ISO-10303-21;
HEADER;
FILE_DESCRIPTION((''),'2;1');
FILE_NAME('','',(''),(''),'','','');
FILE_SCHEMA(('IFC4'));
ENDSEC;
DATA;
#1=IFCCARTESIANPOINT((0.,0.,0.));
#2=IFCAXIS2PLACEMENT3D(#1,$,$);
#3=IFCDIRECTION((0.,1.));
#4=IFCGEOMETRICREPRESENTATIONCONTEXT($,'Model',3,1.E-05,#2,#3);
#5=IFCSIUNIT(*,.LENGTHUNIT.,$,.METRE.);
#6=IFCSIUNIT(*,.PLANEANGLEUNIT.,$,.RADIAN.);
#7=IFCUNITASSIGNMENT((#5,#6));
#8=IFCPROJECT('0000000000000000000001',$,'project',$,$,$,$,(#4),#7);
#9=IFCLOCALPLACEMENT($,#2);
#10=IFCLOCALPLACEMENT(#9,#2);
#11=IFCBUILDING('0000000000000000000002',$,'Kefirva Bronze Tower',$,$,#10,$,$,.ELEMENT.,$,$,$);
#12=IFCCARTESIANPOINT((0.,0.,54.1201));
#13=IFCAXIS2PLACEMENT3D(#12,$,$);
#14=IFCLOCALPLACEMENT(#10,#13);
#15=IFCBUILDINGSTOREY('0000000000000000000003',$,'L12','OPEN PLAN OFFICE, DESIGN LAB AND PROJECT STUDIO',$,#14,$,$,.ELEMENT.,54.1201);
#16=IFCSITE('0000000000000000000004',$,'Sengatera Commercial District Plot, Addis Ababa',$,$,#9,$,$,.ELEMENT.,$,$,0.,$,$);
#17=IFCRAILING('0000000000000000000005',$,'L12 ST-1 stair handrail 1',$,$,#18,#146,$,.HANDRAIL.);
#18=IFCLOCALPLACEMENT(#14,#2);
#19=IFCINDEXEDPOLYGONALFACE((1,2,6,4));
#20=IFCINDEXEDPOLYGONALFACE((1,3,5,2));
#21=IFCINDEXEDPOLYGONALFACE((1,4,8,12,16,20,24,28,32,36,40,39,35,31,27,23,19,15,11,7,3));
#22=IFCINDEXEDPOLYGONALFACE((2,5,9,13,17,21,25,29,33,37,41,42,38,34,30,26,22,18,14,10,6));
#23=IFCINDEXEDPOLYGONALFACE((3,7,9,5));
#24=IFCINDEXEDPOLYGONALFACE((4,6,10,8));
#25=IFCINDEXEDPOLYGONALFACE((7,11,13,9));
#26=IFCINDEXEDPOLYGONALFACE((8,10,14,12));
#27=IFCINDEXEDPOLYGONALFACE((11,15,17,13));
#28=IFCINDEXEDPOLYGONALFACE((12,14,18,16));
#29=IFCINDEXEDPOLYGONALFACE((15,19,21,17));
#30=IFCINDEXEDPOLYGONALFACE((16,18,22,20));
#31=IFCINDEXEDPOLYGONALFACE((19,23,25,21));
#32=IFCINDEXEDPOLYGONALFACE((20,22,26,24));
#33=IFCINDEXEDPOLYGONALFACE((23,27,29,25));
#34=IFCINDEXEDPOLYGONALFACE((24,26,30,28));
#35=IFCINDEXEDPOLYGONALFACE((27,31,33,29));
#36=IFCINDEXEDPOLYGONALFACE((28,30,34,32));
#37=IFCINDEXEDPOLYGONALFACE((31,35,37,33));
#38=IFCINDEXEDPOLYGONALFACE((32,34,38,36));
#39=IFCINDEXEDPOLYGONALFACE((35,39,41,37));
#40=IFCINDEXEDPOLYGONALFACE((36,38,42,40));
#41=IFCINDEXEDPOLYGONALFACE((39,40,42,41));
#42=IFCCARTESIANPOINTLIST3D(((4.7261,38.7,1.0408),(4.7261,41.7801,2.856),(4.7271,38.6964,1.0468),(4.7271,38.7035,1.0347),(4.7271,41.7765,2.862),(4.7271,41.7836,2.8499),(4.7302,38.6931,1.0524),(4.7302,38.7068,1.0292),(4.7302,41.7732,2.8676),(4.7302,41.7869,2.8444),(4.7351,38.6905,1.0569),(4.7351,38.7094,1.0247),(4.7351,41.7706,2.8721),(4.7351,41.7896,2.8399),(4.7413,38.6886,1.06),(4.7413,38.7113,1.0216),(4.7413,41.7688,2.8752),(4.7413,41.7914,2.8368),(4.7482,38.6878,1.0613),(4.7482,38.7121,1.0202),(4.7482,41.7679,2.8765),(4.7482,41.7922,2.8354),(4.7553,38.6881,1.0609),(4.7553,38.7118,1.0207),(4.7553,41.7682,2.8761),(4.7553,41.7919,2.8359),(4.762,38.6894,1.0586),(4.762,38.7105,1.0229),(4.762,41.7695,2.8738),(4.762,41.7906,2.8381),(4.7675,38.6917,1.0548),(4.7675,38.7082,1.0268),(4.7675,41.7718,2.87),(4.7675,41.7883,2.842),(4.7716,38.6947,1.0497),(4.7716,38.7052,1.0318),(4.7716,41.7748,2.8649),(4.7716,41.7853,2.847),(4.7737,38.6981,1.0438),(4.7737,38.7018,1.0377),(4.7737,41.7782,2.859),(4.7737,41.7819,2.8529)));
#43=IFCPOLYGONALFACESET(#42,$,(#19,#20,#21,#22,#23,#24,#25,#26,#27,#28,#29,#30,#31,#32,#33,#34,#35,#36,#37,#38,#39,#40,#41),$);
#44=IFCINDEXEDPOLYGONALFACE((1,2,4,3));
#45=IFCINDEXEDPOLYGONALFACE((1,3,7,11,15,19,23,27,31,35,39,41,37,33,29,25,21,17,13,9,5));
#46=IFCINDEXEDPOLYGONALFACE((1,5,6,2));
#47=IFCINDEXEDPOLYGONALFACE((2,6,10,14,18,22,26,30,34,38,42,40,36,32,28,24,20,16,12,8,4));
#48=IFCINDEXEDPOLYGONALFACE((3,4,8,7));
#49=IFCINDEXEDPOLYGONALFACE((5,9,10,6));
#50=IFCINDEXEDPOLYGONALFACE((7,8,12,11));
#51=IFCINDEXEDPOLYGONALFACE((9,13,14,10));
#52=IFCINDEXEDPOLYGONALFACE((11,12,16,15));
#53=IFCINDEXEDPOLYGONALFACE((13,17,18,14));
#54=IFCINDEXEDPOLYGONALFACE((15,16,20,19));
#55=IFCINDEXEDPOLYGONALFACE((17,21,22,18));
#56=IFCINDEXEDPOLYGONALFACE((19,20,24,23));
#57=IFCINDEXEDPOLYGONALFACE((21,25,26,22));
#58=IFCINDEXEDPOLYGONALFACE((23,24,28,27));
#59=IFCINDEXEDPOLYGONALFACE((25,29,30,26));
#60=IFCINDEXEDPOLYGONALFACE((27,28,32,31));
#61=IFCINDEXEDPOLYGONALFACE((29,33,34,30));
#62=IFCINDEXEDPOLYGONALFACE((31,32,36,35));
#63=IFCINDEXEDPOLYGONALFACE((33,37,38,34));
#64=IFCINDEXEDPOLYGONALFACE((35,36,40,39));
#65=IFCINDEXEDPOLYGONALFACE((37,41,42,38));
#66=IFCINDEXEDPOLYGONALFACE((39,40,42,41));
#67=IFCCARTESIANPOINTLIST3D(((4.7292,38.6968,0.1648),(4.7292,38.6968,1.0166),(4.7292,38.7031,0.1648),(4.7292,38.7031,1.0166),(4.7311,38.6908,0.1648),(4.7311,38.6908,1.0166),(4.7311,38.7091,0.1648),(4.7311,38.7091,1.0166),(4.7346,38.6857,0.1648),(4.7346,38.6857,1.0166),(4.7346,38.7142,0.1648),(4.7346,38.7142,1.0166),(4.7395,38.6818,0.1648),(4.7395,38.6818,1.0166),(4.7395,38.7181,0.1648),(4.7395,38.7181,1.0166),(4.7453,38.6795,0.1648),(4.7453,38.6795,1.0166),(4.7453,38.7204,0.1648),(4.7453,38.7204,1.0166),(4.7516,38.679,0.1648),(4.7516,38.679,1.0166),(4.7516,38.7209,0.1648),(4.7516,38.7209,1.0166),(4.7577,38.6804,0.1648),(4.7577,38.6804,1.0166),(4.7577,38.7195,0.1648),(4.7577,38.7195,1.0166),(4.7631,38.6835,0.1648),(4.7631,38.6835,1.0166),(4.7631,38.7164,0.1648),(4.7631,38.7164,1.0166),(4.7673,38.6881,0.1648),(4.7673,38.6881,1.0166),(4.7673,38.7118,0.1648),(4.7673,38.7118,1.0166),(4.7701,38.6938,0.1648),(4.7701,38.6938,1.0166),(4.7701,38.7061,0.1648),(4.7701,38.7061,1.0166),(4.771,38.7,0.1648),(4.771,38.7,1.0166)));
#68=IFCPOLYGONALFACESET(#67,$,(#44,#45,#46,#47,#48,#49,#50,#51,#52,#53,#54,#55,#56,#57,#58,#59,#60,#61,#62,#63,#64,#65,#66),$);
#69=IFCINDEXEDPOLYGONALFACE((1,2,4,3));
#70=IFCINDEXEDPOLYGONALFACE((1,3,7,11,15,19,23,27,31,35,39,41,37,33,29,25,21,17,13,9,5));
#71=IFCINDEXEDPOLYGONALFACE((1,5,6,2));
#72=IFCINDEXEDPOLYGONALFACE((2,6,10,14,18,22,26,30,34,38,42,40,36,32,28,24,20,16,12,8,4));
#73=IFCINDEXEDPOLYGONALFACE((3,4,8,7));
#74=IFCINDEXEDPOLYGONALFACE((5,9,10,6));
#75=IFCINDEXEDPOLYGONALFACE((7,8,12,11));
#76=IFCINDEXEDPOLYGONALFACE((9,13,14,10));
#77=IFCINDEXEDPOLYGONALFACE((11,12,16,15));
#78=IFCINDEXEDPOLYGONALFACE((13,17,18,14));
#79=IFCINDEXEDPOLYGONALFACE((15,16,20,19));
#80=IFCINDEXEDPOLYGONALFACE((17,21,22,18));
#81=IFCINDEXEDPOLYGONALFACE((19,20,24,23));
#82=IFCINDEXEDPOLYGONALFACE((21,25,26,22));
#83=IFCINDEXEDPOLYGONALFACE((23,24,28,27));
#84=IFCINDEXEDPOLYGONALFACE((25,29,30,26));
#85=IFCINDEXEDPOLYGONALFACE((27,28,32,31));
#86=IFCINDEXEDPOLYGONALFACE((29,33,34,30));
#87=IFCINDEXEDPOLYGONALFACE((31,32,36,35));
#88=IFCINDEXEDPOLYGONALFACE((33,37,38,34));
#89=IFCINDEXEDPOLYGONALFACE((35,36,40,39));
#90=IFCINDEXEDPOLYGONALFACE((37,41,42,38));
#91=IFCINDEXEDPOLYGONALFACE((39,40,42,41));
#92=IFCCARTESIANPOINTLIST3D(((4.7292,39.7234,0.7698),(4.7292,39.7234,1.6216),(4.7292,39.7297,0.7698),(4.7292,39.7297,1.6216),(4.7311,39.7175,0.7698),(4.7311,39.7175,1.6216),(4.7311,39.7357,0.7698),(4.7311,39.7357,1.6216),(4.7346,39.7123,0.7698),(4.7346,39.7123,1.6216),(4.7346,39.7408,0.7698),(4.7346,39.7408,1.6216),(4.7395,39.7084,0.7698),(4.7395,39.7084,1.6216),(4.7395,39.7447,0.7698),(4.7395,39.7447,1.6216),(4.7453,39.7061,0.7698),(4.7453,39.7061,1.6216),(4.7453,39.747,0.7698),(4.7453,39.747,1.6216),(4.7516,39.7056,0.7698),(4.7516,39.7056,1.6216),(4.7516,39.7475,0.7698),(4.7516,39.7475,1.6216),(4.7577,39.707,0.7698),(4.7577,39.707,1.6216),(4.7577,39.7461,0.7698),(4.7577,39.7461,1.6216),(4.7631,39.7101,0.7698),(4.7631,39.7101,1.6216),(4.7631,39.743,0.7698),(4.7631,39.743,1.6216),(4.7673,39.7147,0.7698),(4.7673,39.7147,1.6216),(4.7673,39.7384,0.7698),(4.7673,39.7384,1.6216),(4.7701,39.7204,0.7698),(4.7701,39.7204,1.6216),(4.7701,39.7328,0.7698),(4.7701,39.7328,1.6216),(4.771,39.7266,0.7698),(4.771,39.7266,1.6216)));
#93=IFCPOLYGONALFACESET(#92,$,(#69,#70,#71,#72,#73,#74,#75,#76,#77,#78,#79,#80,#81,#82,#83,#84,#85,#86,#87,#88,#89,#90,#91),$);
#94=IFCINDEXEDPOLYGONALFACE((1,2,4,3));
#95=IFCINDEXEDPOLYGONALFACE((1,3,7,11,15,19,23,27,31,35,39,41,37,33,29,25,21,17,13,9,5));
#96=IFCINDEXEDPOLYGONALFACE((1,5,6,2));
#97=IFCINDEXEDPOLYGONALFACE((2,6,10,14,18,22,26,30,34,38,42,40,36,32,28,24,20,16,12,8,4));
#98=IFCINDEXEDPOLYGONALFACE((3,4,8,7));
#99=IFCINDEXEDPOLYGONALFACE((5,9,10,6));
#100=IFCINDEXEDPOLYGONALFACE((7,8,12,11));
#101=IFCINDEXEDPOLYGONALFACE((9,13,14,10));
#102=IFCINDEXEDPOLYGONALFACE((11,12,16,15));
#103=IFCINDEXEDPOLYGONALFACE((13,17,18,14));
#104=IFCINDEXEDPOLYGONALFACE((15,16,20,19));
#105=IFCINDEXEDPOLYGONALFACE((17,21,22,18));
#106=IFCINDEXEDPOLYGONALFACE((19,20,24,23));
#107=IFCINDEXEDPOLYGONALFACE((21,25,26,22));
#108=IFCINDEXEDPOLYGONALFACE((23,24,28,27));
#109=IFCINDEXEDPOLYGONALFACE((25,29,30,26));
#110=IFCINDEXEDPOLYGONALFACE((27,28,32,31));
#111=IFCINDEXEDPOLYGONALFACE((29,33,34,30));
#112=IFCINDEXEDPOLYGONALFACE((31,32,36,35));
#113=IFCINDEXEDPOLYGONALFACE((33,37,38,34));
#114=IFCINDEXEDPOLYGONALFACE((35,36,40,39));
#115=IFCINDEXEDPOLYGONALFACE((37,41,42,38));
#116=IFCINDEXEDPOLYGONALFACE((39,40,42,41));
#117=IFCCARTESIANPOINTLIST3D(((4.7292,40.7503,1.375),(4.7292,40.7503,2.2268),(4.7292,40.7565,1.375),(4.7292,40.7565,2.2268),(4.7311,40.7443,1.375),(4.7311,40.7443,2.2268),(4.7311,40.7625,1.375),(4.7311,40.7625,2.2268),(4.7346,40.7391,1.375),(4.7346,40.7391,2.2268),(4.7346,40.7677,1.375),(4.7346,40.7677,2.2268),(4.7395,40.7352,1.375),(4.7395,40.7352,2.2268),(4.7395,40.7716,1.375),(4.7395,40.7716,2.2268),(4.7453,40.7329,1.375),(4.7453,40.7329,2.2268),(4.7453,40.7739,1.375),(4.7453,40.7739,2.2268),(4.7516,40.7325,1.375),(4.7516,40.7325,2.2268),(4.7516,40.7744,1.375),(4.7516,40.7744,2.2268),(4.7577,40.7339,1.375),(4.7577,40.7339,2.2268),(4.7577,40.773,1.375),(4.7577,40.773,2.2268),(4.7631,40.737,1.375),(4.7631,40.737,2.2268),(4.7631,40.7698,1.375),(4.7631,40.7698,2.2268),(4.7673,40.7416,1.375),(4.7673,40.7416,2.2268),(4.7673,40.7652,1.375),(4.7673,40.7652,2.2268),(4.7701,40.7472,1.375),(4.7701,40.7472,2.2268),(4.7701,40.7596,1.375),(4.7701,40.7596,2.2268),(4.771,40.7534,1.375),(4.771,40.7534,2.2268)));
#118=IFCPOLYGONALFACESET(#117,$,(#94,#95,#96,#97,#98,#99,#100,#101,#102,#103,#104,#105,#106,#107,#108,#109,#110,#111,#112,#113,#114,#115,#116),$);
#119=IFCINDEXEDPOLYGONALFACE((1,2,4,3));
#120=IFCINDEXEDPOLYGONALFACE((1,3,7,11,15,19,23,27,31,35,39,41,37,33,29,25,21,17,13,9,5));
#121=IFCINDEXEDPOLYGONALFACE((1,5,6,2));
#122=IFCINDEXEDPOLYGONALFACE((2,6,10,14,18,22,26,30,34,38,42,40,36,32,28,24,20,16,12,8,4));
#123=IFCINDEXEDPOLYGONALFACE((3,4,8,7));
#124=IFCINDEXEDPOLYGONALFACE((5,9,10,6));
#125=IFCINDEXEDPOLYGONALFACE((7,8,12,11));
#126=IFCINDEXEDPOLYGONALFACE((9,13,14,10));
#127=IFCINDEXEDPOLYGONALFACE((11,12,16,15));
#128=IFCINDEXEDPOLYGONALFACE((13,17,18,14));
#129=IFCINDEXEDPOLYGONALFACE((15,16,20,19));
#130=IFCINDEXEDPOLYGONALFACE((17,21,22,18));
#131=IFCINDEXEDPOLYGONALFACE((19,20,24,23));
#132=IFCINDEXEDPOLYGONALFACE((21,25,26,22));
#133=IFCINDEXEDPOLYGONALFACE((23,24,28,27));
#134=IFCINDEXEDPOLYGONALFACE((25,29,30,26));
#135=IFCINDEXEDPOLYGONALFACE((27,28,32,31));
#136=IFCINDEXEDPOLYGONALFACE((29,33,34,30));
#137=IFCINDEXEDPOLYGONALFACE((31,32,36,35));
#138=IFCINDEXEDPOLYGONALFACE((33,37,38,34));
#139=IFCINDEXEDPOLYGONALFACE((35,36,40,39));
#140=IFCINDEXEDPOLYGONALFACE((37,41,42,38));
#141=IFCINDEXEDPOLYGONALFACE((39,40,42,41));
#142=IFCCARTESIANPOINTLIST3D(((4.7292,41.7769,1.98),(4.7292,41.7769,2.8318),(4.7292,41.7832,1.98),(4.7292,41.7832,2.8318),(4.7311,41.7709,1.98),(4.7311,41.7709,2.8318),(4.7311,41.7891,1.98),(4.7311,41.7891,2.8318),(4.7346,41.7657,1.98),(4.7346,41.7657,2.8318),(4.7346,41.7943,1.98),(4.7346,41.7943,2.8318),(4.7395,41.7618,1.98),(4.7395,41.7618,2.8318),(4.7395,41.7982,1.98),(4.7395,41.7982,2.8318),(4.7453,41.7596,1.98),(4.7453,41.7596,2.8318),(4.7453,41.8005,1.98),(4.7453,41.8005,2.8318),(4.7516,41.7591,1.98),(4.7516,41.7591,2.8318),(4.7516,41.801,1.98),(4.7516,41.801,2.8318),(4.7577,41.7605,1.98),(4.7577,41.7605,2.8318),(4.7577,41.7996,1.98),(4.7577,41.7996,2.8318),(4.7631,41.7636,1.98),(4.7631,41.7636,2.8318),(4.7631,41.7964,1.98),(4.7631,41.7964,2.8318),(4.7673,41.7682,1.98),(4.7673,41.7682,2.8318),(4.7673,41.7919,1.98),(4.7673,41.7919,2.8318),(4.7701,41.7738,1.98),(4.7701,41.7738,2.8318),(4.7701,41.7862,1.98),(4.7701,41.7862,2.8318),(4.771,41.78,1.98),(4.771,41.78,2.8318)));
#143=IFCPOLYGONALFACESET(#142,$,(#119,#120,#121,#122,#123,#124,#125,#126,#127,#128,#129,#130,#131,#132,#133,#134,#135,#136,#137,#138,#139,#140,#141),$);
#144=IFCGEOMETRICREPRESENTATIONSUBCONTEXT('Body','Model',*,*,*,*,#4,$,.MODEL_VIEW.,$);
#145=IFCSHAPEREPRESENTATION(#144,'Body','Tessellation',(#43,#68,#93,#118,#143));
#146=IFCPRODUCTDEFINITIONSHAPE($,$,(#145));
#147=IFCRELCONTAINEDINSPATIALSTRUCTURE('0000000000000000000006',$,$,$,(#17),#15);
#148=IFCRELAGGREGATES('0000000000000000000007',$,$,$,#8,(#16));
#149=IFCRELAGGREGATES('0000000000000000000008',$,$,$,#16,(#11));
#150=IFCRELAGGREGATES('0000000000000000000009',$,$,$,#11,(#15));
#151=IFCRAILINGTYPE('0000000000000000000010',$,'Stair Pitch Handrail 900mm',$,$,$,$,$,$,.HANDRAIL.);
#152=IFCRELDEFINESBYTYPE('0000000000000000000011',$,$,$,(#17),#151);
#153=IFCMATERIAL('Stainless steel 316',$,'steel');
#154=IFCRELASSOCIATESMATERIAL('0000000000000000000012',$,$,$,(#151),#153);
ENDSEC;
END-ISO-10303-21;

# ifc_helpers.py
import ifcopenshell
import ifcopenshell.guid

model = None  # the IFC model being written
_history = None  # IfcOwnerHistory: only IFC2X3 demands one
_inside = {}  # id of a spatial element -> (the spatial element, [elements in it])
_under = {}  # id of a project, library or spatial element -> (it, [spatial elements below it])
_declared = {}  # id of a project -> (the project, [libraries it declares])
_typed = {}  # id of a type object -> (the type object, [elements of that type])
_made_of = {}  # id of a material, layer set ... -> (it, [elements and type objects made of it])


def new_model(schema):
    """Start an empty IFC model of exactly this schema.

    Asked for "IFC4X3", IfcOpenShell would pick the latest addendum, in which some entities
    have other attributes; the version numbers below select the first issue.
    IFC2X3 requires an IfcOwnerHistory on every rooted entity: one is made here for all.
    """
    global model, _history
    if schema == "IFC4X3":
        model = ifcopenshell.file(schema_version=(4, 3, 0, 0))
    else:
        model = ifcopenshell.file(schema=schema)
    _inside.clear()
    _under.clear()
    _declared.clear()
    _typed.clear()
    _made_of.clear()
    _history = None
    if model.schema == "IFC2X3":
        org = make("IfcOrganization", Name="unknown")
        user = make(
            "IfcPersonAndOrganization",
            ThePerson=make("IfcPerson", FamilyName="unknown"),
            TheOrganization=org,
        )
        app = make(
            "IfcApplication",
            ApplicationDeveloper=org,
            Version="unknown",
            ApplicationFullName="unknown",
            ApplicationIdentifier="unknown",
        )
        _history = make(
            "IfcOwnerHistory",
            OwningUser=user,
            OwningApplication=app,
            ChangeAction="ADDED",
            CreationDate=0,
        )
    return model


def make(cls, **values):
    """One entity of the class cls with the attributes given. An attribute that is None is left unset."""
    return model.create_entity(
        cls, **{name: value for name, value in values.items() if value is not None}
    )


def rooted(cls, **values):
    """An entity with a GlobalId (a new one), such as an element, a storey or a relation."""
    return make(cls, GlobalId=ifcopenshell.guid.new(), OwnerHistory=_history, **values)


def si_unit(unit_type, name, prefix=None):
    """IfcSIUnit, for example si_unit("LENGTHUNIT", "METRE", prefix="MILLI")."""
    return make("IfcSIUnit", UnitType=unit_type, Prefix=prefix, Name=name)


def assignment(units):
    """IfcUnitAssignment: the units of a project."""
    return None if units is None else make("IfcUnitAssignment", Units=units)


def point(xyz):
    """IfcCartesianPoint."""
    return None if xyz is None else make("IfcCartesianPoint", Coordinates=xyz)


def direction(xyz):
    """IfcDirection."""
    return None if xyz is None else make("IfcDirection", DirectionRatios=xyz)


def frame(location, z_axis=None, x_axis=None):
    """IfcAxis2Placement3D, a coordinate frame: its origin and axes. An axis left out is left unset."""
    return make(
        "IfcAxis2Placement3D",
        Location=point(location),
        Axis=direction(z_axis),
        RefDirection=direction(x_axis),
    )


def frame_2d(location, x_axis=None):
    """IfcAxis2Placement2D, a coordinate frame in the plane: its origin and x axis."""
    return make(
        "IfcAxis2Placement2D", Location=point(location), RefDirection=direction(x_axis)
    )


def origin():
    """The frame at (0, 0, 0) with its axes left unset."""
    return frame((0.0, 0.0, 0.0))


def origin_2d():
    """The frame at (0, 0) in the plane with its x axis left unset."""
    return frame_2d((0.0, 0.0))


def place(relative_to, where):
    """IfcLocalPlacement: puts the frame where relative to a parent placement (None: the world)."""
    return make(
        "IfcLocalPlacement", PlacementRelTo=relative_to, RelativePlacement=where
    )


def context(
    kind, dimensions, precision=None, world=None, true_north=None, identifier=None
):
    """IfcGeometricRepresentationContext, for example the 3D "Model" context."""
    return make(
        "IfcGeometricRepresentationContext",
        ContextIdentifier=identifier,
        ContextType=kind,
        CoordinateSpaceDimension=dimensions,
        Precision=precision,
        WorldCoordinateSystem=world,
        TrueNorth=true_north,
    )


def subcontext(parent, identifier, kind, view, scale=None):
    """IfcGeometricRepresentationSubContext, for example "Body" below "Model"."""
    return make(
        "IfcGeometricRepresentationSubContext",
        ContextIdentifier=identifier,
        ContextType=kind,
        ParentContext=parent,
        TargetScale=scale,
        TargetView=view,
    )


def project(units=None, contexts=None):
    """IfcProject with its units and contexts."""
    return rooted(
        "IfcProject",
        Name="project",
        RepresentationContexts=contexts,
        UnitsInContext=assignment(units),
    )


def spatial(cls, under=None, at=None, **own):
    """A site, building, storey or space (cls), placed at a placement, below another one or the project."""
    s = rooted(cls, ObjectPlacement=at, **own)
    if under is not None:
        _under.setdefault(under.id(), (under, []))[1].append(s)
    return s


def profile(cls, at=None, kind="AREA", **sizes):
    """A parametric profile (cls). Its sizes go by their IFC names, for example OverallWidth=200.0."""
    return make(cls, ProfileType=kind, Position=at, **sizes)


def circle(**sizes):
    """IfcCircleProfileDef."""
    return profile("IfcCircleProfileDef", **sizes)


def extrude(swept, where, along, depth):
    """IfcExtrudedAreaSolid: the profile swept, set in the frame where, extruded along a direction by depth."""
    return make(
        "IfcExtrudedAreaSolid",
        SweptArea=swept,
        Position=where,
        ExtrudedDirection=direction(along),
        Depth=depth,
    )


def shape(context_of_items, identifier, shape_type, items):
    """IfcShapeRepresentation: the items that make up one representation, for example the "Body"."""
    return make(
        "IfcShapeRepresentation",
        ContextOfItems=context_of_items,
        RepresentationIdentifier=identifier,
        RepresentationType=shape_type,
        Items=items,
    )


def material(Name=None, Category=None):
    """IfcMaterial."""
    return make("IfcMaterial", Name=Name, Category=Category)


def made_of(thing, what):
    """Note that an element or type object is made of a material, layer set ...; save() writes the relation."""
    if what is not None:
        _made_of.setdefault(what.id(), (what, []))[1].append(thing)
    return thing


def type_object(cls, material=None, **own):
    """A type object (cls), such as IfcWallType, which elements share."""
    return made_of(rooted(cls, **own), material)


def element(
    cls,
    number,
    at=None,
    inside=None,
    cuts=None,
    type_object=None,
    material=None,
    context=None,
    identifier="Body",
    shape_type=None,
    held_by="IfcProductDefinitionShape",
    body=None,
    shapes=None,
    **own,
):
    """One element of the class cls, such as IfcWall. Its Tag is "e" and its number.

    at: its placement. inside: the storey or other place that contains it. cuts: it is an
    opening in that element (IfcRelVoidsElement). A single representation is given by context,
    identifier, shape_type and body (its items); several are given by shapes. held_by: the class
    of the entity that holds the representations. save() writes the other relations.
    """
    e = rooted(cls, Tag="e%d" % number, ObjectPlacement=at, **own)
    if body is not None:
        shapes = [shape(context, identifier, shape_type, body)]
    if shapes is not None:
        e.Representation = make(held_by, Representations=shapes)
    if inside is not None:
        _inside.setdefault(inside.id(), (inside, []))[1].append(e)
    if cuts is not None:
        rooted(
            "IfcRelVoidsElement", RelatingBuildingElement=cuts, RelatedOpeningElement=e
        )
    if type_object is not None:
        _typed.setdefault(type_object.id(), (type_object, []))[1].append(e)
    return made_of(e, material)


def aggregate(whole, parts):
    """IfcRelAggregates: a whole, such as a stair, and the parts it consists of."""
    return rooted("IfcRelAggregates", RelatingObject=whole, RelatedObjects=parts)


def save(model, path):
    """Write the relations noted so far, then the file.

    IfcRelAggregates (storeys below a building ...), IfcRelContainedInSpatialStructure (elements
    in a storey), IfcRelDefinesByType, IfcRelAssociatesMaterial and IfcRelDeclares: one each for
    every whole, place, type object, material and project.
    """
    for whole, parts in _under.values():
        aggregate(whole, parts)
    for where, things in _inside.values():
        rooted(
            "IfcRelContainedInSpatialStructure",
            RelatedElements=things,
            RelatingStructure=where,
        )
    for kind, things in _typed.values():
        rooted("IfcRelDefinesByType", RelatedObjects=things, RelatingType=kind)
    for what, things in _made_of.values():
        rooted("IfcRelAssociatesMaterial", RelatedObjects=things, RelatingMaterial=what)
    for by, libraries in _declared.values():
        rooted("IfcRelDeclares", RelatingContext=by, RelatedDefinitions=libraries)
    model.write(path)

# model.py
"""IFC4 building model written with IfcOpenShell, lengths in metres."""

from ifc_helpers import new_model, si_unit, direction, frame, origin, origin_2d, place, context, subcontext, project, spatial, circle, extrude, material, type_object, element, save


model = new_model("IFC4")

# Units and contexts
model_context = context("Model", 3, precision=1e-05, world=origin(), true_north=direction((0.0, 1.0)))
body_context = subcontext(model_context, "Body", "Model", "MODEL_VIEW")
ifc_project = project(units=[si_unit("LENGTHUNIT", "METRE"), si_unit("PLANEANGLEUNIT", "RADIAN")], contexts=[model_context])

# Site, building, storey
site_placement = place(None, origin())
site = spatial("IfcSite", under=ifc_project, at=site_placement, Name="Sengatera Commercial District Plot, Addis Ababa", CompositionType="ELEMENT", RefElevation=0.0)
building_placement = place(site_placement, origin())
building = spatial("IfcBuilding", under=site, at=building_placement, Name="Kefirva Bronze Tower", CompositionType="ELEMENT")
storey_placement = place(building_placement, frame((0.0, 0.0, 54.1201)))
storey = spatial("IfcBuildingStorey", under=building, at=storey_placement, Name="L12", Description="OPEN PLAN OFFICE, DESIGN LAB AND PROJECT STUDIO", CompositionType="ELEMENT", Elevation=54.1201)

# Railing
ifc_material_1 = material(Name="Stainless steel 316", Category="steel")
railing_type_1 = type_object("IfcRailingType", Name="Stair Pitch Handrail 900mm", PredefinedType="HANDRAIL", material=ifc_material_1)
railing_1_placement = place(storey_placement, frame((4.75, 38.7, 0.1648)))
element("IfcRailing", 1, at=railing_1_placement, inside=storey, type_object=railing_type_1, Name="L12 ST-1 stair handrail 1", PredefinedType="HANDRAIL", context=body_context, shape_type="SweptSolid", body=[
    extrude(circle(Radius=0.0239, at=origin_2d()), frame((0.0, 0.0, 0.876), z_axis=(0.0, 0.861521, 0.507721), x_axis=(-1.0, 0.0, 0.0)), (0.0, 0.0, 1.0), 3.5752),
    extrude(circle(Radius=0.021, at=origin_2d()), origin(), (0.0, 0.0, 1.0), 0.8518),
    extrude(circle(Radius=0.021, at=origin_2d()), frame((0.0, 1.0266, 0.605)), (0.0, 0.0, 1.0), 0.8518),
    extrude(circle(Radius=0.021, at=origin_2d()), frame((0.0, 2.0535, 1.2102)), (0.0, 0.0, 1.0), 0.8518),
    extrude(circle(Radius=0.021, at=origin_2d()), frame((0.0, 3.0801, 1.8152)), (0.0, 0.0, 1.0), 0.8518),
])

save(model, "model.ifc")
